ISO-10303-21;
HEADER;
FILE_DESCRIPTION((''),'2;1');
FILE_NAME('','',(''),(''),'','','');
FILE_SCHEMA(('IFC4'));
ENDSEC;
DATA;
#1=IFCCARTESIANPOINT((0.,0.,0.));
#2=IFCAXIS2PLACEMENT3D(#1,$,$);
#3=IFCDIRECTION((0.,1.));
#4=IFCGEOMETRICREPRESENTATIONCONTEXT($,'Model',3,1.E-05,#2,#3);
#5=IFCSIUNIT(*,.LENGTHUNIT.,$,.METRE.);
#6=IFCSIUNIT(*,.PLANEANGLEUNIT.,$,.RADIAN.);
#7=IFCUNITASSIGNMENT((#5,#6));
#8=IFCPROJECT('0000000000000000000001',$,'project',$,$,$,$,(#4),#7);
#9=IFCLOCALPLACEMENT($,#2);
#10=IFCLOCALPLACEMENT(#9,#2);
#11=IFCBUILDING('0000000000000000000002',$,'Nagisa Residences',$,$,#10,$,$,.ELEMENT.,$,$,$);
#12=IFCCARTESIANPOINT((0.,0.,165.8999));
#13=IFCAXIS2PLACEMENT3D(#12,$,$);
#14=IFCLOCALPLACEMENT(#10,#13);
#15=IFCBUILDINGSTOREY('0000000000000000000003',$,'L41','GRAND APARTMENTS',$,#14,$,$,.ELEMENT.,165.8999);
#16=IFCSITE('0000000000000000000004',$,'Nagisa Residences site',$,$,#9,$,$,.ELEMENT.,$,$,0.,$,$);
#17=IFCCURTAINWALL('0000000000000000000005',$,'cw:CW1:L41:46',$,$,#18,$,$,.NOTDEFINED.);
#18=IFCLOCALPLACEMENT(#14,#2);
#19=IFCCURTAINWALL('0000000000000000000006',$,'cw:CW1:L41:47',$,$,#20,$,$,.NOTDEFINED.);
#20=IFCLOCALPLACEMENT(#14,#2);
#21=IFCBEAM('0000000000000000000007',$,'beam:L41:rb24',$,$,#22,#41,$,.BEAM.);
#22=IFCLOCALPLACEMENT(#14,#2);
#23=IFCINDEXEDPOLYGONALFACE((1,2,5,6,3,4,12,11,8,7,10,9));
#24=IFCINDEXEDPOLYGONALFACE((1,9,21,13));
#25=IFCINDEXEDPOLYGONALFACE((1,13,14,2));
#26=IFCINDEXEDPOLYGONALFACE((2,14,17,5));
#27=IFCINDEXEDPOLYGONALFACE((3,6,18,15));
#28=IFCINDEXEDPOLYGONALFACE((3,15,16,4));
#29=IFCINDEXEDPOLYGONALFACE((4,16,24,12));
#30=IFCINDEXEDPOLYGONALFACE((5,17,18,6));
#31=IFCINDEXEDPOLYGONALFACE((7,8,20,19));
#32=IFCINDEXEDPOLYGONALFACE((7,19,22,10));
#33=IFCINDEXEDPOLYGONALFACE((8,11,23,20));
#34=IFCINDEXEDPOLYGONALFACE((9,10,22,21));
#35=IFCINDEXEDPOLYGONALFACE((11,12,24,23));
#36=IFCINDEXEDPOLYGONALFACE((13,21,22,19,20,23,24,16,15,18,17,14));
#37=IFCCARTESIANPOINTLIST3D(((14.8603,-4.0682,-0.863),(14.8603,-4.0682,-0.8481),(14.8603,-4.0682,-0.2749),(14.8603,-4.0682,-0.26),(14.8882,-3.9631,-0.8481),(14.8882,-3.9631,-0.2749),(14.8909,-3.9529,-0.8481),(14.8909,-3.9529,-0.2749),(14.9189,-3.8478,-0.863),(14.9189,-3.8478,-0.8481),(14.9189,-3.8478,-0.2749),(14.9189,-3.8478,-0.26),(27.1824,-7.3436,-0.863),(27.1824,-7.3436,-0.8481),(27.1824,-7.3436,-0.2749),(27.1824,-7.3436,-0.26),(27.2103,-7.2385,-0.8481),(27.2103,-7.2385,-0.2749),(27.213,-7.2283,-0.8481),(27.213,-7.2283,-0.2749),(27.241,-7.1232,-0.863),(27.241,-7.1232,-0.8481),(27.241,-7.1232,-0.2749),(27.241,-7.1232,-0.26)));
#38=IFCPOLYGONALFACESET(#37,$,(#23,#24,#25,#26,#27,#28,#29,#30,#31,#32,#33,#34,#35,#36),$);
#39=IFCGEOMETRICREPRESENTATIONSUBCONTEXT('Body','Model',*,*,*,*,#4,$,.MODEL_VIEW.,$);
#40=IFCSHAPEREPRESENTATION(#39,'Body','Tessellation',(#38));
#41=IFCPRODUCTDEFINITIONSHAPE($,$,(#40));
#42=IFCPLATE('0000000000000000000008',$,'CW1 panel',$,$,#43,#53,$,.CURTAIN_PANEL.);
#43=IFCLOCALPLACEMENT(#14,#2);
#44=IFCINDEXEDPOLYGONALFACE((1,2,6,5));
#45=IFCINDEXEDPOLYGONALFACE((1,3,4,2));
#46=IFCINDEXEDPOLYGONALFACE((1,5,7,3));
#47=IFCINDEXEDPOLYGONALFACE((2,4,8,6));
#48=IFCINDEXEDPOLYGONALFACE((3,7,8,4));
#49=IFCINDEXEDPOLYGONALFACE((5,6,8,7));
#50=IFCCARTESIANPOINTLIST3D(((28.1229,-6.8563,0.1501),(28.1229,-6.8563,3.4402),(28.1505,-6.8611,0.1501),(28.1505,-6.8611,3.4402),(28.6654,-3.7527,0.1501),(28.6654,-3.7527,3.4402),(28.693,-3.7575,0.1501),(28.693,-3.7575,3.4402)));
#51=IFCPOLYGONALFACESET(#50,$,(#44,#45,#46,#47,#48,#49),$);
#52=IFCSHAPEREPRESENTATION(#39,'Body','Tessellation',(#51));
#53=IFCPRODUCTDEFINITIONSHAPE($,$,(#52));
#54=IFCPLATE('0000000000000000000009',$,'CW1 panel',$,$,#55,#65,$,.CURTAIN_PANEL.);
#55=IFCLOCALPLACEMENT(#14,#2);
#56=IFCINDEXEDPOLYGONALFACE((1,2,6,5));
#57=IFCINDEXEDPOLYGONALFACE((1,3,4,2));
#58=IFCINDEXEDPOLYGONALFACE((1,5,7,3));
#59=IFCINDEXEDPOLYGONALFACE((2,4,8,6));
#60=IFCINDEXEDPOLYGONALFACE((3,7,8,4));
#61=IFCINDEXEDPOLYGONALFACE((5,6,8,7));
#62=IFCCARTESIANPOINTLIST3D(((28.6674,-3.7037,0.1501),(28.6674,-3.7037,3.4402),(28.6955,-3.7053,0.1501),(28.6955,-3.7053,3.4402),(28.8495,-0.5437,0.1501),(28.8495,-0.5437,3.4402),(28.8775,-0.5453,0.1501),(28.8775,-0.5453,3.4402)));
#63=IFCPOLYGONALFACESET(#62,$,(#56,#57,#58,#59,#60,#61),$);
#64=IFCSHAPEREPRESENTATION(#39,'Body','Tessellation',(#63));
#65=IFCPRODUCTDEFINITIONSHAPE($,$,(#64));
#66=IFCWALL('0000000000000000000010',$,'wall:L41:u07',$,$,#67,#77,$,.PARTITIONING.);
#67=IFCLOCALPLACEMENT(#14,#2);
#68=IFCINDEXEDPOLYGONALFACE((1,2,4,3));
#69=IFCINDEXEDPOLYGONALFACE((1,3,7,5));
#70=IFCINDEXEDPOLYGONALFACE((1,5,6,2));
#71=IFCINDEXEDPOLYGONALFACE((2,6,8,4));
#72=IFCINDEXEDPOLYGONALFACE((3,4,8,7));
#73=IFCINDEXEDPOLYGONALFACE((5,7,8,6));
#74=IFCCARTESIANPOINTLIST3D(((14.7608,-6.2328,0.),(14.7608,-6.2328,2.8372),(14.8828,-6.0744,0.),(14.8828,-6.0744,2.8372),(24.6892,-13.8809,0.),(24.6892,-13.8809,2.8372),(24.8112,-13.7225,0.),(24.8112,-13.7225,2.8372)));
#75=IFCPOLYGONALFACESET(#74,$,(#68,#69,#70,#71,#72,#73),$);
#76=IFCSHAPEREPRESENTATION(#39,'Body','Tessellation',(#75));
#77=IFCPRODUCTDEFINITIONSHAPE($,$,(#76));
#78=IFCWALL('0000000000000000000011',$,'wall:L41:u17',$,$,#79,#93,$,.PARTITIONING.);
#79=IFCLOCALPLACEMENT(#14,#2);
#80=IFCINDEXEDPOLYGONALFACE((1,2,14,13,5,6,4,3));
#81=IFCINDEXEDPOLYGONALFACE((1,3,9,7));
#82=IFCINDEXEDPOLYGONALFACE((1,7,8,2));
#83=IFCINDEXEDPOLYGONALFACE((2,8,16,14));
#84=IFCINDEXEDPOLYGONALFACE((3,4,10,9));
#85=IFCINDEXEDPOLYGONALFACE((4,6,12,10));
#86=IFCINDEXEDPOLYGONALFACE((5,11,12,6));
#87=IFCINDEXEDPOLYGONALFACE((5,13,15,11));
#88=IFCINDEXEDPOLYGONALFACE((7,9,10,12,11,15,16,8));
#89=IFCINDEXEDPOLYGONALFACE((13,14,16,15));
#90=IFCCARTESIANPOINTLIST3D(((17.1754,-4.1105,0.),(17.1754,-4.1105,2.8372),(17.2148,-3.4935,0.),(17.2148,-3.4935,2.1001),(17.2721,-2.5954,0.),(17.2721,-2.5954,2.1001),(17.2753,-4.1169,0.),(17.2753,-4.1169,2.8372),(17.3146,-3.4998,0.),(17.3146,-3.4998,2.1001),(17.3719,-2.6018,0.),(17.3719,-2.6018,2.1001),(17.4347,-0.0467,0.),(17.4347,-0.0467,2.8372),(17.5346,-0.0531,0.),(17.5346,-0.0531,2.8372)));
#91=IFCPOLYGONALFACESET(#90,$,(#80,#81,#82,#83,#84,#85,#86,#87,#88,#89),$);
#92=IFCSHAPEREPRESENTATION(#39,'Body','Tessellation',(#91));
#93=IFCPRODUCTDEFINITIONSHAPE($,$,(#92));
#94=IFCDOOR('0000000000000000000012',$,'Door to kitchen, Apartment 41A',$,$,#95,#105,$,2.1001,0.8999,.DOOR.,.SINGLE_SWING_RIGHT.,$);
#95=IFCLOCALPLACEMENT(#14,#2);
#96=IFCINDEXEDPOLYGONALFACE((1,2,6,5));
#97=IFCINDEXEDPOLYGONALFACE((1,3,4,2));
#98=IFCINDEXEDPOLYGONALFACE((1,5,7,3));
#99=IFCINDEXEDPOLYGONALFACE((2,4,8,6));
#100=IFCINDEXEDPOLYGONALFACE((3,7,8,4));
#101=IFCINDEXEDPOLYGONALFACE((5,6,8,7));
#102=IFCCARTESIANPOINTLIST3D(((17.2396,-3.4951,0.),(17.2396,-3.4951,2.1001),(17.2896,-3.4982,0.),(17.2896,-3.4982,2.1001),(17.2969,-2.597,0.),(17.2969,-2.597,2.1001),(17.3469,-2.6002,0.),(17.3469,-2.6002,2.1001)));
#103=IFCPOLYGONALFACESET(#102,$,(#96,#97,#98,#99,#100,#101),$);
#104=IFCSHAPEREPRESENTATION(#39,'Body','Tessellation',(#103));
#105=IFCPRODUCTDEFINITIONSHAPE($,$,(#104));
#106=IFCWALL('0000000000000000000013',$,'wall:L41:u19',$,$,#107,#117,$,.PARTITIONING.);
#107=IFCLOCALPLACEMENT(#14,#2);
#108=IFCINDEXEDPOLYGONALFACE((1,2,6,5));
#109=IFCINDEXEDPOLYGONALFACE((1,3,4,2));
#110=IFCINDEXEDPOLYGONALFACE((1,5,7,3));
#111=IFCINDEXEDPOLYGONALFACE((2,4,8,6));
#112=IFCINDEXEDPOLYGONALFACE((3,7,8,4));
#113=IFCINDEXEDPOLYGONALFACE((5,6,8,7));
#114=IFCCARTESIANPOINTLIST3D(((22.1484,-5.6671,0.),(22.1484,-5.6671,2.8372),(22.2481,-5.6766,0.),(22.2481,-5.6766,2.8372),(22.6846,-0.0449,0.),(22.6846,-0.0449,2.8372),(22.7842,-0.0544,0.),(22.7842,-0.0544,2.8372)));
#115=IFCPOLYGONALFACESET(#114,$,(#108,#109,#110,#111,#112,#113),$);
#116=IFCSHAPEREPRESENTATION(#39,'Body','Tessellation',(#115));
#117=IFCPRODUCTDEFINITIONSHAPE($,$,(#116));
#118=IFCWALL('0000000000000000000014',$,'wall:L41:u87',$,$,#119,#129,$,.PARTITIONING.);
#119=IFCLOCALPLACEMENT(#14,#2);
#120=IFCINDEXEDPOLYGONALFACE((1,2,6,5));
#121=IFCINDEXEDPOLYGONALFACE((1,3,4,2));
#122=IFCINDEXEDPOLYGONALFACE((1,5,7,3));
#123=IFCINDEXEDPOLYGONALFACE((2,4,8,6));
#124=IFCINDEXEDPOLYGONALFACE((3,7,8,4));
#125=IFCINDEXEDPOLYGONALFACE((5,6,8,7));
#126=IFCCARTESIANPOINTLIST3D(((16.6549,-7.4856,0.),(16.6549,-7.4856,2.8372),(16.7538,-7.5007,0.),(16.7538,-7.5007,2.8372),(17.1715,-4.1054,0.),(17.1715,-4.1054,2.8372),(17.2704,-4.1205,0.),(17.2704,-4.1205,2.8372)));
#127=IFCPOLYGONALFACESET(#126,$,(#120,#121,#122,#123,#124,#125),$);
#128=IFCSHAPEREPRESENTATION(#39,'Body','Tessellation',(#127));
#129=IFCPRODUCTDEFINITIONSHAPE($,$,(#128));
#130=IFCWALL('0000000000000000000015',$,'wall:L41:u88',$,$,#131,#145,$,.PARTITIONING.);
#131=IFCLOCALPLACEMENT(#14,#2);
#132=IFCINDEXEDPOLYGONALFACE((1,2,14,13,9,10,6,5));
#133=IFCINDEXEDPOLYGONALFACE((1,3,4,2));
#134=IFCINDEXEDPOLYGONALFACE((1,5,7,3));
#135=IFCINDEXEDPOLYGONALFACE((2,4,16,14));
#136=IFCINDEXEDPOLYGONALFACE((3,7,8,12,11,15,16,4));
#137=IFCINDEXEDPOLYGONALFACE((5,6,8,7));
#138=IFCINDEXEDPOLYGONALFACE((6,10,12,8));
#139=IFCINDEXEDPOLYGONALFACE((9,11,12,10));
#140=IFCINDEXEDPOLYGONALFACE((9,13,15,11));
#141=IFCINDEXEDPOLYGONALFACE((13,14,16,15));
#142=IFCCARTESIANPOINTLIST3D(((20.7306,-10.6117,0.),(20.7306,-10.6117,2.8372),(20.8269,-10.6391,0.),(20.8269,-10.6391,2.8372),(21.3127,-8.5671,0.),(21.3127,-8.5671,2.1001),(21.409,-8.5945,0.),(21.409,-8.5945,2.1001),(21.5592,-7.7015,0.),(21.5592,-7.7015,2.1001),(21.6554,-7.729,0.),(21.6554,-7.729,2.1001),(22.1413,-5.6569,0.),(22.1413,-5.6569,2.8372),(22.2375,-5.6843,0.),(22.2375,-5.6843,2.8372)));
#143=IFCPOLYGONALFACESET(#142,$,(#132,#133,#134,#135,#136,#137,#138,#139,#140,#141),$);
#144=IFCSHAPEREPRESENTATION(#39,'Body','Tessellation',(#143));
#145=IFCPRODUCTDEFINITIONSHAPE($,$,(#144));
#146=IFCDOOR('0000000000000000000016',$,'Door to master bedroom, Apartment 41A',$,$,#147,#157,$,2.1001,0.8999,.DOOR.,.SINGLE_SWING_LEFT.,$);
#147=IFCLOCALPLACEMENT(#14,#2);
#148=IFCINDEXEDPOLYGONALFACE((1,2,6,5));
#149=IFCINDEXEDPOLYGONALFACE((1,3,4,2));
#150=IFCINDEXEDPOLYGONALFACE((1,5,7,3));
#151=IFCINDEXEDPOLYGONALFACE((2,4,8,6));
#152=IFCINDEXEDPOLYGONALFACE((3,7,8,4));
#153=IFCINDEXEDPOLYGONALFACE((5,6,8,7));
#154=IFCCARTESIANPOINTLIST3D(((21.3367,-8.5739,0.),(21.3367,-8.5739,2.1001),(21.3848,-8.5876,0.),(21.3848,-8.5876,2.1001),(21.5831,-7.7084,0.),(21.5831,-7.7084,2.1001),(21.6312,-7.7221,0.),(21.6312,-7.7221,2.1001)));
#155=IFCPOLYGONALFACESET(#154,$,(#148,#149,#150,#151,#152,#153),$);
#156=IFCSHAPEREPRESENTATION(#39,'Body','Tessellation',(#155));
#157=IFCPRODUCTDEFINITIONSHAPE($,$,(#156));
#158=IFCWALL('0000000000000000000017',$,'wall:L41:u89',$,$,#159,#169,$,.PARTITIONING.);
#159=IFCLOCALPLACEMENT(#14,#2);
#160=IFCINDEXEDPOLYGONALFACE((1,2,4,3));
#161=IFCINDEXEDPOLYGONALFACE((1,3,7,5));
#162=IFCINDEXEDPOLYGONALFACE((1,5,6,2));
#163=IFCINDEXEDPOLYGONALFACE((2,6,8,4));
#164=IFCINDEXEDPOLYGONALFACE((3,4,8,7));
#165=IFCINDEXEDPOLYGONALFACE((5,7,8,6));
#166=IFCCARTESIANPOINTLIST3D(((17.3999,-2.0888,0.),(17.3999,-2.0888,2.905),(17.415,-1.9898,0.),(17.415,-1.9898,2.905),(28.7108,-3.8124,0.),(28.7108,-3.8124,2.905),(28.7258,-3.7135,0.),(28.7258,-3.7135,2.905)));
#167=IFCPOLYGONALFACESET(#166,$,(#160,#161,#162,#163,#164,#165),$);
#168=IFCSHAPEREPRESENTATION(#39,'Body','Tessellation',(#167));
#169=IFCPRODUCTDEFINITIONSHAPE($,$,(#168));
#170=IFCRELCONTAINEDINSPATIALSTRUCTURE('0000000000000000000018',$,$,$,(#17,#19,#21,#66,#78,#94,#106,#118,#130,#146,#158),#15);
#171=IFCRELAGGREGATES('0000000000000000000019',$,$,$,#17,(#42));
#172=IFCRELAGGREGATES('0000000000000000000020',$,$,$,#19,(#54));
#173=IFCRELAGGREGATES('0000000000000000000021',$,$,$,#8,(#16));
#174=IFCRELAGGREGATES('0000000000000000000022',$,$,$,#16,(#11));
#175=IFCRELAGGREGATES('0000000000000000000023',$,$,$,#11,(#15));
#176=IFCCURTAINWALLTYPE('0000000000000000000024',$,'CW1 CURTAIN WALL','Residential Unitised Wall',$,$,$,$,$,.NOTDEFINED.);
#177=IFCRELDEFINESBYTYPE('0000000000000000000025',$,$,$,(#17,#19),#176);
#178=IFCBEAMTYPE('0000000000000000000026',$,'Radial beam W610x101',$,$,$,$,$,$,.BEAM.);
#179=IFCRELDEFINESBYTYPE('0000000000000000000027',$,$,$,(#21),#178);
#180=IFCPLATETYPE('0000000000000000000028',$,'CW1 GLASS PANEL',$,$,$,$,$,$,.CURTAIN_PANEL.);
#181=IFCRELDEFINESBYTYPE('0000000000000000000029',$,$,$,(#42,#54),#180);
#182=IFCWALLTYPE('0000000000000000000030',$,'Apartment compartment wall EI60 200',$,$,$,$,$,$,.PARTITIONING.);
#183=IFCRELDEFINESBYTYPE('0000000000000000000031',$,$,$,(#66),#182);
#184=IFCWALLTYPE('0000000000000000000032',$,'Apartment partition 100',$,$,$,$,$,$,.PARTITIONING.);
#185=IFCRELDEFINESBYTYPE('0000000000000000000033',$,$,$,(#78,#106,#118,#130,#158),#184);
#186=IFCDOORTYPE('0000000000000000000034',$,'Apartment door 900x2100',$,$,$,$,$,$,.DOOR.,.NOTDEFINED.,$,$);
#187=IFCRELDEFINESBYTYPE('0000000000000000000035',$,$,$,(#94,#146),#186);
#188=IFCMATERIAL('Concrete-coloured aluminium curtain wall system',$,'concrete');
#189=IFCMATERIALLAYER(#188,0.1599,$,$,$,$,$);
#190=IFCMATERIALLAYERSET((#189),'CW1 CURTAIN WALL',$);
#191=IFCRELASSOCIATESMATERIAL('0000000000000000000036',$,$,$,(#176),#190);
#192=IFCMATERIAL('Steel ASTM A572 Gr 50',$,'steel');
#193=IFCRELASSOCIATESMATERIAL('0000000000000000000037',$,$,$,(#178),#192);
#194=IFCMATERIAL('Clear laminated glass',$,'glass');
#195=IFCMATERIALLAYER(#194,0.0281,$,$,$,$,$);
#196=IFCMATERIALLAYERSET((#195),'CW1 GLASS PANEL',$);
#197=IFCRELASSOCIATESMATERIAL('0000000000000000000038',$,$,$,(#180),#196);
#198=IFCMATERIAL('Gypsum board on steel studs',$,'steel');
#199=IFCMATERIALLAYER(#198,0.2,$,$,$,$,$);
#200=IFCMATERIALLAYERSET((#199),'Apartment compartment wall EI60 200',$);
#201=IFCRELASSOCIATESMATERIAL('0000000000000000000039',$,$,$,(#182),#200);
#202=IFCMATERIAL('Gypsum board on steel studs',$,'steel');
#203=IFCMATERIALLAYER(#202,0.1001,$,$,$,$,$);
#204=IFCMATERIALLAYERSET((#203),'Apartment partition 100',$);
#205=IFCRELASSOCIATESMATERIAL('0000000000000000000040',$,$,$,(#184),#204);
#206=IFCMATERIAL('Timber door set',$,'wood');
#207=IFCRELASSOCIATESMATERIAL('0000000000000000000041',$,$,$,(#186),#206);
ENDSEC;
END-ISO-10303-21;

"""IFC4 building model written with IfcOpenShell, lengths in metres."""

from ifc_helpers import new_model, si_unit, direction, frame, frame_2d, origin, origin_2d, place, context, subcontext, project, spatial, rectangle, i_section, extrude, material, layer, layer_set, material_profile, profile_set, type_object, element, fill, aggregate, save


model = new_model("IFC4")

# Units and contexts
model_context = context("Model", 3, precision=1e-05, world=origin(), true_north=direction((0.0, 1.0)))
body_context = subcontext(model_context, "Body", "Model", "MODEL_VIEW")
ifc_project = project(units=[si_unit("LENGTHUNIT", "METRE"), si_unit("PLANEANGLEUNIT", "RADIAN")], contexts=[model_context])

# Site, building, storey
site_placement = place(None, origin())
site = spatial("IfcSite", under=ifc_project, at=site_placement, Name="Nagisa Residences site", CompositionType="ELEMENT", RefElevation=0.0)
building_placement = place(site_placement, origin())
building = spatial("IfcBuilding", under=site, at=building_placement, Name="Nagisa Residences", CompositionType="ELEMENT")
storey_placement = place(building_placement, frame((0.0, 0.0, 165.8999)))
storey = spatial("IfcBuildingStorey", under=building, at=storey_placement, Name="L41", Description="GRAND APARTMENTS", CompositionType="ELEMENT", Elevation=165.8999)

# Curtain walls
ifc_material_1 = material(Name="Concrete-coloured aluminium curtain wall system", Category="concrete")
ifc_layer_1 = layer(ifc_material_1, 0.1599)
ifc_layer_set_1 = layer_set([ifc_layer_1], Name="CW1 CURTAIN WALL")
curtain_wall_type = type_object("IfcCurtainWallType", Name="CW1 CURTAIN WALL", Description="Residential Unitised Wall", PredefinedType="NOTDEFINED", material=ifc_layer_set_1)
curtain_wall_1_placement = place(storey_placement, origin())
curtain_wall_1 = element("IfcCurtainWall", 1, at=curtain_wall_1_placement, inside=storey, type_object=curtain_wall_type, Name="cw:CW1:L41:46", PredefinedType="NOTDEFINED")
curtain_wall_2_placement = place(storey_placement, origin())
curtain_wall_2 = element("IfcCurtainWall", 2, at=curtain_wall_2_placement, inside=storey, type_object=curtain_wall_type, Name="cw:CW1:L41:47", PredefinedType="NOTDEFINED")

# Beam
ifc_material_2 = material(Name="Steel ASTM A572 Gr 50", Category="steel")
ifc_material_profile_1 = material_profile(ifc_material_2, i_section(OverallWidth=0.228, OverallDepth=0.603, WebThickness=0.0105, FlangeThickness=0.0149, at=origin_2d()), Name="W610x101")
ifc_profile_set_1 = profile_set([ifc_material_profile_1], Name="Steel ASTM A572 Gr 50")
beam_type_1 = type_object("IfcBeamType", Name="Radial beam W610x101", PredefinedType="BEAM", material=ifc_profile_set_1)
beam_1_placement = place(storey_placement, frame((27.2117, -7.2334, -0.5615), z_axis=(-0.966439, 0.256895, 0.0), x_axis=(-0.256895, -0.966439, 0.0)))
element("IfcBeam", 3, at=beam_1_placement, inside=storey, type_object=beam_type_1, Name="beam:L41:rb24", PredefinedType="BEAM", context=body_context, shape_type="SweptSolid", body=[
    extrude(i_section(OverallWidth=0.228, OverallDepth=0.603, WebThickness=0.0105, FlangeThickness=0.0149, at=origin_2d()), origin(), (0.0, 0.0, 1.0), 12.75),
])

# Plates
ifc_material_3 = material(Name="Clear laminated glass", Category="glass")
ifc_layer_2 = layer(ifc_material_3, 0.0281)
ifc_layer_set_2 = layer_set([ifc_layer_2], Name="CW1 GLASS PANEL")
plate_type = type_object("IfcPlateType", Name="CW1 GLASS PANEL", PredefinedType="CURTAIN_PANEL", material=ifc_layer_set_2)
plate_1_placement = place(storey_placement, frame((28.408, -5.3069, 0.1501), z_axis=(0.0, 0.0, 1.0), x_axis=(0.172191, 0.985064, 0.0)))
plate_1 = element("IfcPlate", 4, at=plate_1_placement, type_object=plate_type, Name="CW1 panel", PredefinedType="CURTAIN_PANEL", context=body_context, shape_type="SweptSolid", body=[
    extrude(rectangle(XDim=3.1506, YDim=0.0281, at=origin_2d()), origin(), (0.0, 0.0, 1.0), 3.29),
])
aggregate(curtain_wall_1, [plate_1])
plate_2_placement = place(storey_placement, frame((28.7725, -2.1245, 0.1501), z_axis=(0.0, 0.0, 1.0), x_axis=(0.057503, 0.998345, 0.0)))
plate_2 = element("IfcPlate", 5, at=plate_2_placement, type_object=plate_type, Name="CW1 panel", PredefinedType="CURTAIN_PANEL", context=body_context, shape_type="SweptSolid", body=[
    extrude(rectangle(XDim=3.1653, YDim=0.0281, at=origin_2d()), origin(), (0.0, 0.0, 1.0), 3.29),
])
aggregate(curtain_wall_2, [plate_2])

# Wall
ifc_material_4 = material(Name="Gypsum board on steel studs", Category="steel")
ifc_layer_3 = layer(ifc_material_4, 0.2)
ifc_layer_set_3 = layer_set([ifc_layer_3], Name="Apartment compartment wall EI60 200")
wall_type_1 = type_object("IfcWallType", Name="Apartment compartment wall EI60 200", PredefinedType="PARTITIONING", material=ifc_layer_set_3)
wall_1_placement = place(storey_placement, frame((14.8218, -6.1536, 0.0), z_axis=(0.0, 0.0, 1.0), x_axis=(0.792203, -0.610258, 0.0)))
element("IfcWall", 6, at=wall_1_placement, inside=storey, type_object=wall_type_1, Name="wall:L41:u07", PredefinedType="PARTITIONING", context=body_context, shape_type="SweptSolid", body=[
    extrude(rectangle(XDim=12.5327, YDim=0.2, at=frame_2d((6.2664, 0.0))), origin(), (0.0, 0.0, 1.0), 2.8372),
])

# Wall, opening, door
ifc_material_5 = material(Name="Gypsum board on steel studs", Category="steel")
ifc_layer_4 = layer(ifc_material_5, 0.1001)
ifc_layer_set_4 = layer_set([ifc_layer_4], Name="Apartment partition 100")
wall_type_2 = type_object("IfcWallType", Name="Apartment partition 100", PredefinedType="PARTITIONING", material=ifc_layer_set_4)
wall_2_placement = place(storey_placement, frame((17.4846, -0.0498, 0.0), z_axis=(0.0, 0.0, 1.0), x_axis=(-0.063673, -0.997971, 0.0)))
wall_2 = element("IfcWall", 7, at=wall_2_placement, inside=storey, type_object=wall_type_2, Name="wall:L41:u17", PredefinedType="PARTITIONING", context=body_context, shape_type="SweptSolid", body=[
    extrude(rectangle(XDim=4.072, YDim=0.1001, at=frame_2d((2.0361, 0.0))), origin(), (0.0, 0.0, 1.0), 2.8372),
])
opening_1_placement = place(wall_2_placement, frame((2.554, 0.0, 0.0)))
opening_1 = element("IfcOpeningElement", 8, at=opening_1_placement, cuts=wall_2, PredefinedType="OPENING", context=body_context, shape_type="SweptSolid", body=[
    extrude(rectangle(XDim=0.8999, YDim=2.1001, at=frame_2d((0.45, 1.05))), frame((0.0, 0.0601, 0.0), z_axis=(0.0, -1.0, 0.0), x_axis=(1.0, 0.0, 0.0)), (0.0, 0.0, 1.0), 0.1201),
])
ifc_material_6 = material(Name="Timber door set", Category="wood")
door_type_1 = type_object("IfcDoorType", Name="Apartment door 900x2100", OperationType="NOTDEFINED", PredefinedType="DOOR", material=ifc_material_6)
door_1_placement = place(opening_1_placement, origin())
door_1 = element("IfcDoor", 9, at=door_1_placement, inside=storey, type_object=door_type_1, Name="Door to kitchen, Apartment 41A", OperationType="SINGLE_SWING_RIGHT", OverallHeight=2.1001, OverallWidth=0.8999, PredefinedType="DOOR", context=body_context, shape_type="SweptSolid", body=[
    extrude(rectangle(XDim=0.8999, YDim=2.1001, at=frame_2d((0.45, 1.05))), frame((0.0, 0.0249, 0.0), z_axis=(0.0, -1.0, 0.0), x_axis=(1.0, 0.0, 0.0)), (0.0, 0.0, 1.0), 0.05),
])
fill(opening_1, door_1)

# Walls
wall_3_placement = place(storey_placement, frame((22.7344, -0.0498, 0.0), z_axis=(0.0, 0.0, 1.0), x_axis=(-0.094927, -0.995484, 0.0)))
element("IfcWall", 10, at=wall_3_placement, inside=storey, type_object=wall_type_2, Name="wall:L41:u19", PredefinedType="PARTITIONING", context=body_context, shape_type="SweptSolid", body=[
    extrude(rectangle(XDim=5.6477, YDim=0.1001, at=frame_2d((2.8237, 0.0))), origin(), (0.0, 0.0, 1.0), 2.8372),
])
wall_4_placement = place(storey_placement, frame((16.7043, -7.4932, 0.0), z_axis=(0.0, 0.0, 1.0), x_axis=(0.151081, 0.988521, 0.0)))
element("IfcWall", 11, at=wall_4_placement, inside=storey, type_object=wall_type_2, Name="wall:L41:u87", PredefinedType="PARTITIONING", context=body_context, shape_type="SweptSolid", body=[
    extrude(rectangle(XDim=3.4194, YDim=0.1001, at=frame_2d((1.7097, 0.0))), origin(), (0.0, 0.0, 1.0), 2.8372),
])

# Wall, opening, door
wall_5_placement = place(storey_placement, frame((20.7788, -10.6252, 0.0), z_axis=(0.0, 0.0, 1.0), x_axis=(0.27382, 0.961781, 0.0)))
wall_5 = element("IfcWall", 12, at=wall_5_placement, inside=storey, type_object=wall_type_2, Name="wall:L41:u88", PredefinedType="PARTITIONING", context=body_context, shape_type="SweptSolid", body=[
    extrude(rectangle(XDim=5.1516, YDim=0.1001, at=frame_2d((2.5757, 0.0))), origin(), (0.0, 0.0, 1.0), 2.8372),
])
opening_2_placement = place(wall_5_placement, frame((2.1257, 0.0, 0.0)))
opening_2 = element("IfcOpeningElement", 13, at=opening_2_placement, cuts=wall_5, PredefinedType="OPENING", context=body_context, shape_type="SweptSolid", body=[
    extrude(rectangle(XDim=0.8999, YDim=2.1001, at=frame_2d((0.45, 1.05))), frame((0.0, 0.0601, 0.0), z_axis=(0.0, -1.0, 0.0), x_axis=(1.0, 0.0, 0.0)), (0.0, 0.0, 1.0), 0.1201),
])
door_2_placement = place(opening_2_placement, frame((0.8999, 0.0, 0.0), x_axis=(-1.0, 0.0, 0.0)))
door_2 = element("IfcDoor", 14, at=door_2_placement, inside=storey, type_object=door_type_1, Name="Door to master bedroom, Apartment 41A", OperationType="SINGLE_SWING_LEFT", OverallHeight=2.1001, OverallWidth=0.8999, PredefinedType="DOOR", context=body_context, shape_type="SweptSolid", body=[
    extrude(rectangle(XDim=0.8999, YDim=2.1001, at=frame_2d((0.45, 1.05))), frame((0.0, 0.0249, 0.0), z_axis=(0.0, -1.0, 0.0), x_axis=(1.0, 0.0, 0.0)), (0.0, 0.0, 1.0), 0.05),
])
fill(opening_2, door_2)

# Wall
wall_6_placement = place(storey_placement, frame((17.4075, -2.0393, 0.0), z_axis=(0.0, 0.0, 1.0), x_axis=(0.988587, -0.150649, 0.0)))
element("IfcWall", 15, at=wall_6_placement, inside=storey, type_object=wall_type_2, Name="wall:L41:u89", PredefinedType="PARTITIONING", context=body_context, shape_type="SweptSolid", body=[
    extrude(rectangle(XDim=11.4414, YDim=0.1001, at=frame_2d((5.7207, 0.0))), origin(), (0.0, 0.0, 1.0), 2.905),
])

save(model, "model.ifc")
